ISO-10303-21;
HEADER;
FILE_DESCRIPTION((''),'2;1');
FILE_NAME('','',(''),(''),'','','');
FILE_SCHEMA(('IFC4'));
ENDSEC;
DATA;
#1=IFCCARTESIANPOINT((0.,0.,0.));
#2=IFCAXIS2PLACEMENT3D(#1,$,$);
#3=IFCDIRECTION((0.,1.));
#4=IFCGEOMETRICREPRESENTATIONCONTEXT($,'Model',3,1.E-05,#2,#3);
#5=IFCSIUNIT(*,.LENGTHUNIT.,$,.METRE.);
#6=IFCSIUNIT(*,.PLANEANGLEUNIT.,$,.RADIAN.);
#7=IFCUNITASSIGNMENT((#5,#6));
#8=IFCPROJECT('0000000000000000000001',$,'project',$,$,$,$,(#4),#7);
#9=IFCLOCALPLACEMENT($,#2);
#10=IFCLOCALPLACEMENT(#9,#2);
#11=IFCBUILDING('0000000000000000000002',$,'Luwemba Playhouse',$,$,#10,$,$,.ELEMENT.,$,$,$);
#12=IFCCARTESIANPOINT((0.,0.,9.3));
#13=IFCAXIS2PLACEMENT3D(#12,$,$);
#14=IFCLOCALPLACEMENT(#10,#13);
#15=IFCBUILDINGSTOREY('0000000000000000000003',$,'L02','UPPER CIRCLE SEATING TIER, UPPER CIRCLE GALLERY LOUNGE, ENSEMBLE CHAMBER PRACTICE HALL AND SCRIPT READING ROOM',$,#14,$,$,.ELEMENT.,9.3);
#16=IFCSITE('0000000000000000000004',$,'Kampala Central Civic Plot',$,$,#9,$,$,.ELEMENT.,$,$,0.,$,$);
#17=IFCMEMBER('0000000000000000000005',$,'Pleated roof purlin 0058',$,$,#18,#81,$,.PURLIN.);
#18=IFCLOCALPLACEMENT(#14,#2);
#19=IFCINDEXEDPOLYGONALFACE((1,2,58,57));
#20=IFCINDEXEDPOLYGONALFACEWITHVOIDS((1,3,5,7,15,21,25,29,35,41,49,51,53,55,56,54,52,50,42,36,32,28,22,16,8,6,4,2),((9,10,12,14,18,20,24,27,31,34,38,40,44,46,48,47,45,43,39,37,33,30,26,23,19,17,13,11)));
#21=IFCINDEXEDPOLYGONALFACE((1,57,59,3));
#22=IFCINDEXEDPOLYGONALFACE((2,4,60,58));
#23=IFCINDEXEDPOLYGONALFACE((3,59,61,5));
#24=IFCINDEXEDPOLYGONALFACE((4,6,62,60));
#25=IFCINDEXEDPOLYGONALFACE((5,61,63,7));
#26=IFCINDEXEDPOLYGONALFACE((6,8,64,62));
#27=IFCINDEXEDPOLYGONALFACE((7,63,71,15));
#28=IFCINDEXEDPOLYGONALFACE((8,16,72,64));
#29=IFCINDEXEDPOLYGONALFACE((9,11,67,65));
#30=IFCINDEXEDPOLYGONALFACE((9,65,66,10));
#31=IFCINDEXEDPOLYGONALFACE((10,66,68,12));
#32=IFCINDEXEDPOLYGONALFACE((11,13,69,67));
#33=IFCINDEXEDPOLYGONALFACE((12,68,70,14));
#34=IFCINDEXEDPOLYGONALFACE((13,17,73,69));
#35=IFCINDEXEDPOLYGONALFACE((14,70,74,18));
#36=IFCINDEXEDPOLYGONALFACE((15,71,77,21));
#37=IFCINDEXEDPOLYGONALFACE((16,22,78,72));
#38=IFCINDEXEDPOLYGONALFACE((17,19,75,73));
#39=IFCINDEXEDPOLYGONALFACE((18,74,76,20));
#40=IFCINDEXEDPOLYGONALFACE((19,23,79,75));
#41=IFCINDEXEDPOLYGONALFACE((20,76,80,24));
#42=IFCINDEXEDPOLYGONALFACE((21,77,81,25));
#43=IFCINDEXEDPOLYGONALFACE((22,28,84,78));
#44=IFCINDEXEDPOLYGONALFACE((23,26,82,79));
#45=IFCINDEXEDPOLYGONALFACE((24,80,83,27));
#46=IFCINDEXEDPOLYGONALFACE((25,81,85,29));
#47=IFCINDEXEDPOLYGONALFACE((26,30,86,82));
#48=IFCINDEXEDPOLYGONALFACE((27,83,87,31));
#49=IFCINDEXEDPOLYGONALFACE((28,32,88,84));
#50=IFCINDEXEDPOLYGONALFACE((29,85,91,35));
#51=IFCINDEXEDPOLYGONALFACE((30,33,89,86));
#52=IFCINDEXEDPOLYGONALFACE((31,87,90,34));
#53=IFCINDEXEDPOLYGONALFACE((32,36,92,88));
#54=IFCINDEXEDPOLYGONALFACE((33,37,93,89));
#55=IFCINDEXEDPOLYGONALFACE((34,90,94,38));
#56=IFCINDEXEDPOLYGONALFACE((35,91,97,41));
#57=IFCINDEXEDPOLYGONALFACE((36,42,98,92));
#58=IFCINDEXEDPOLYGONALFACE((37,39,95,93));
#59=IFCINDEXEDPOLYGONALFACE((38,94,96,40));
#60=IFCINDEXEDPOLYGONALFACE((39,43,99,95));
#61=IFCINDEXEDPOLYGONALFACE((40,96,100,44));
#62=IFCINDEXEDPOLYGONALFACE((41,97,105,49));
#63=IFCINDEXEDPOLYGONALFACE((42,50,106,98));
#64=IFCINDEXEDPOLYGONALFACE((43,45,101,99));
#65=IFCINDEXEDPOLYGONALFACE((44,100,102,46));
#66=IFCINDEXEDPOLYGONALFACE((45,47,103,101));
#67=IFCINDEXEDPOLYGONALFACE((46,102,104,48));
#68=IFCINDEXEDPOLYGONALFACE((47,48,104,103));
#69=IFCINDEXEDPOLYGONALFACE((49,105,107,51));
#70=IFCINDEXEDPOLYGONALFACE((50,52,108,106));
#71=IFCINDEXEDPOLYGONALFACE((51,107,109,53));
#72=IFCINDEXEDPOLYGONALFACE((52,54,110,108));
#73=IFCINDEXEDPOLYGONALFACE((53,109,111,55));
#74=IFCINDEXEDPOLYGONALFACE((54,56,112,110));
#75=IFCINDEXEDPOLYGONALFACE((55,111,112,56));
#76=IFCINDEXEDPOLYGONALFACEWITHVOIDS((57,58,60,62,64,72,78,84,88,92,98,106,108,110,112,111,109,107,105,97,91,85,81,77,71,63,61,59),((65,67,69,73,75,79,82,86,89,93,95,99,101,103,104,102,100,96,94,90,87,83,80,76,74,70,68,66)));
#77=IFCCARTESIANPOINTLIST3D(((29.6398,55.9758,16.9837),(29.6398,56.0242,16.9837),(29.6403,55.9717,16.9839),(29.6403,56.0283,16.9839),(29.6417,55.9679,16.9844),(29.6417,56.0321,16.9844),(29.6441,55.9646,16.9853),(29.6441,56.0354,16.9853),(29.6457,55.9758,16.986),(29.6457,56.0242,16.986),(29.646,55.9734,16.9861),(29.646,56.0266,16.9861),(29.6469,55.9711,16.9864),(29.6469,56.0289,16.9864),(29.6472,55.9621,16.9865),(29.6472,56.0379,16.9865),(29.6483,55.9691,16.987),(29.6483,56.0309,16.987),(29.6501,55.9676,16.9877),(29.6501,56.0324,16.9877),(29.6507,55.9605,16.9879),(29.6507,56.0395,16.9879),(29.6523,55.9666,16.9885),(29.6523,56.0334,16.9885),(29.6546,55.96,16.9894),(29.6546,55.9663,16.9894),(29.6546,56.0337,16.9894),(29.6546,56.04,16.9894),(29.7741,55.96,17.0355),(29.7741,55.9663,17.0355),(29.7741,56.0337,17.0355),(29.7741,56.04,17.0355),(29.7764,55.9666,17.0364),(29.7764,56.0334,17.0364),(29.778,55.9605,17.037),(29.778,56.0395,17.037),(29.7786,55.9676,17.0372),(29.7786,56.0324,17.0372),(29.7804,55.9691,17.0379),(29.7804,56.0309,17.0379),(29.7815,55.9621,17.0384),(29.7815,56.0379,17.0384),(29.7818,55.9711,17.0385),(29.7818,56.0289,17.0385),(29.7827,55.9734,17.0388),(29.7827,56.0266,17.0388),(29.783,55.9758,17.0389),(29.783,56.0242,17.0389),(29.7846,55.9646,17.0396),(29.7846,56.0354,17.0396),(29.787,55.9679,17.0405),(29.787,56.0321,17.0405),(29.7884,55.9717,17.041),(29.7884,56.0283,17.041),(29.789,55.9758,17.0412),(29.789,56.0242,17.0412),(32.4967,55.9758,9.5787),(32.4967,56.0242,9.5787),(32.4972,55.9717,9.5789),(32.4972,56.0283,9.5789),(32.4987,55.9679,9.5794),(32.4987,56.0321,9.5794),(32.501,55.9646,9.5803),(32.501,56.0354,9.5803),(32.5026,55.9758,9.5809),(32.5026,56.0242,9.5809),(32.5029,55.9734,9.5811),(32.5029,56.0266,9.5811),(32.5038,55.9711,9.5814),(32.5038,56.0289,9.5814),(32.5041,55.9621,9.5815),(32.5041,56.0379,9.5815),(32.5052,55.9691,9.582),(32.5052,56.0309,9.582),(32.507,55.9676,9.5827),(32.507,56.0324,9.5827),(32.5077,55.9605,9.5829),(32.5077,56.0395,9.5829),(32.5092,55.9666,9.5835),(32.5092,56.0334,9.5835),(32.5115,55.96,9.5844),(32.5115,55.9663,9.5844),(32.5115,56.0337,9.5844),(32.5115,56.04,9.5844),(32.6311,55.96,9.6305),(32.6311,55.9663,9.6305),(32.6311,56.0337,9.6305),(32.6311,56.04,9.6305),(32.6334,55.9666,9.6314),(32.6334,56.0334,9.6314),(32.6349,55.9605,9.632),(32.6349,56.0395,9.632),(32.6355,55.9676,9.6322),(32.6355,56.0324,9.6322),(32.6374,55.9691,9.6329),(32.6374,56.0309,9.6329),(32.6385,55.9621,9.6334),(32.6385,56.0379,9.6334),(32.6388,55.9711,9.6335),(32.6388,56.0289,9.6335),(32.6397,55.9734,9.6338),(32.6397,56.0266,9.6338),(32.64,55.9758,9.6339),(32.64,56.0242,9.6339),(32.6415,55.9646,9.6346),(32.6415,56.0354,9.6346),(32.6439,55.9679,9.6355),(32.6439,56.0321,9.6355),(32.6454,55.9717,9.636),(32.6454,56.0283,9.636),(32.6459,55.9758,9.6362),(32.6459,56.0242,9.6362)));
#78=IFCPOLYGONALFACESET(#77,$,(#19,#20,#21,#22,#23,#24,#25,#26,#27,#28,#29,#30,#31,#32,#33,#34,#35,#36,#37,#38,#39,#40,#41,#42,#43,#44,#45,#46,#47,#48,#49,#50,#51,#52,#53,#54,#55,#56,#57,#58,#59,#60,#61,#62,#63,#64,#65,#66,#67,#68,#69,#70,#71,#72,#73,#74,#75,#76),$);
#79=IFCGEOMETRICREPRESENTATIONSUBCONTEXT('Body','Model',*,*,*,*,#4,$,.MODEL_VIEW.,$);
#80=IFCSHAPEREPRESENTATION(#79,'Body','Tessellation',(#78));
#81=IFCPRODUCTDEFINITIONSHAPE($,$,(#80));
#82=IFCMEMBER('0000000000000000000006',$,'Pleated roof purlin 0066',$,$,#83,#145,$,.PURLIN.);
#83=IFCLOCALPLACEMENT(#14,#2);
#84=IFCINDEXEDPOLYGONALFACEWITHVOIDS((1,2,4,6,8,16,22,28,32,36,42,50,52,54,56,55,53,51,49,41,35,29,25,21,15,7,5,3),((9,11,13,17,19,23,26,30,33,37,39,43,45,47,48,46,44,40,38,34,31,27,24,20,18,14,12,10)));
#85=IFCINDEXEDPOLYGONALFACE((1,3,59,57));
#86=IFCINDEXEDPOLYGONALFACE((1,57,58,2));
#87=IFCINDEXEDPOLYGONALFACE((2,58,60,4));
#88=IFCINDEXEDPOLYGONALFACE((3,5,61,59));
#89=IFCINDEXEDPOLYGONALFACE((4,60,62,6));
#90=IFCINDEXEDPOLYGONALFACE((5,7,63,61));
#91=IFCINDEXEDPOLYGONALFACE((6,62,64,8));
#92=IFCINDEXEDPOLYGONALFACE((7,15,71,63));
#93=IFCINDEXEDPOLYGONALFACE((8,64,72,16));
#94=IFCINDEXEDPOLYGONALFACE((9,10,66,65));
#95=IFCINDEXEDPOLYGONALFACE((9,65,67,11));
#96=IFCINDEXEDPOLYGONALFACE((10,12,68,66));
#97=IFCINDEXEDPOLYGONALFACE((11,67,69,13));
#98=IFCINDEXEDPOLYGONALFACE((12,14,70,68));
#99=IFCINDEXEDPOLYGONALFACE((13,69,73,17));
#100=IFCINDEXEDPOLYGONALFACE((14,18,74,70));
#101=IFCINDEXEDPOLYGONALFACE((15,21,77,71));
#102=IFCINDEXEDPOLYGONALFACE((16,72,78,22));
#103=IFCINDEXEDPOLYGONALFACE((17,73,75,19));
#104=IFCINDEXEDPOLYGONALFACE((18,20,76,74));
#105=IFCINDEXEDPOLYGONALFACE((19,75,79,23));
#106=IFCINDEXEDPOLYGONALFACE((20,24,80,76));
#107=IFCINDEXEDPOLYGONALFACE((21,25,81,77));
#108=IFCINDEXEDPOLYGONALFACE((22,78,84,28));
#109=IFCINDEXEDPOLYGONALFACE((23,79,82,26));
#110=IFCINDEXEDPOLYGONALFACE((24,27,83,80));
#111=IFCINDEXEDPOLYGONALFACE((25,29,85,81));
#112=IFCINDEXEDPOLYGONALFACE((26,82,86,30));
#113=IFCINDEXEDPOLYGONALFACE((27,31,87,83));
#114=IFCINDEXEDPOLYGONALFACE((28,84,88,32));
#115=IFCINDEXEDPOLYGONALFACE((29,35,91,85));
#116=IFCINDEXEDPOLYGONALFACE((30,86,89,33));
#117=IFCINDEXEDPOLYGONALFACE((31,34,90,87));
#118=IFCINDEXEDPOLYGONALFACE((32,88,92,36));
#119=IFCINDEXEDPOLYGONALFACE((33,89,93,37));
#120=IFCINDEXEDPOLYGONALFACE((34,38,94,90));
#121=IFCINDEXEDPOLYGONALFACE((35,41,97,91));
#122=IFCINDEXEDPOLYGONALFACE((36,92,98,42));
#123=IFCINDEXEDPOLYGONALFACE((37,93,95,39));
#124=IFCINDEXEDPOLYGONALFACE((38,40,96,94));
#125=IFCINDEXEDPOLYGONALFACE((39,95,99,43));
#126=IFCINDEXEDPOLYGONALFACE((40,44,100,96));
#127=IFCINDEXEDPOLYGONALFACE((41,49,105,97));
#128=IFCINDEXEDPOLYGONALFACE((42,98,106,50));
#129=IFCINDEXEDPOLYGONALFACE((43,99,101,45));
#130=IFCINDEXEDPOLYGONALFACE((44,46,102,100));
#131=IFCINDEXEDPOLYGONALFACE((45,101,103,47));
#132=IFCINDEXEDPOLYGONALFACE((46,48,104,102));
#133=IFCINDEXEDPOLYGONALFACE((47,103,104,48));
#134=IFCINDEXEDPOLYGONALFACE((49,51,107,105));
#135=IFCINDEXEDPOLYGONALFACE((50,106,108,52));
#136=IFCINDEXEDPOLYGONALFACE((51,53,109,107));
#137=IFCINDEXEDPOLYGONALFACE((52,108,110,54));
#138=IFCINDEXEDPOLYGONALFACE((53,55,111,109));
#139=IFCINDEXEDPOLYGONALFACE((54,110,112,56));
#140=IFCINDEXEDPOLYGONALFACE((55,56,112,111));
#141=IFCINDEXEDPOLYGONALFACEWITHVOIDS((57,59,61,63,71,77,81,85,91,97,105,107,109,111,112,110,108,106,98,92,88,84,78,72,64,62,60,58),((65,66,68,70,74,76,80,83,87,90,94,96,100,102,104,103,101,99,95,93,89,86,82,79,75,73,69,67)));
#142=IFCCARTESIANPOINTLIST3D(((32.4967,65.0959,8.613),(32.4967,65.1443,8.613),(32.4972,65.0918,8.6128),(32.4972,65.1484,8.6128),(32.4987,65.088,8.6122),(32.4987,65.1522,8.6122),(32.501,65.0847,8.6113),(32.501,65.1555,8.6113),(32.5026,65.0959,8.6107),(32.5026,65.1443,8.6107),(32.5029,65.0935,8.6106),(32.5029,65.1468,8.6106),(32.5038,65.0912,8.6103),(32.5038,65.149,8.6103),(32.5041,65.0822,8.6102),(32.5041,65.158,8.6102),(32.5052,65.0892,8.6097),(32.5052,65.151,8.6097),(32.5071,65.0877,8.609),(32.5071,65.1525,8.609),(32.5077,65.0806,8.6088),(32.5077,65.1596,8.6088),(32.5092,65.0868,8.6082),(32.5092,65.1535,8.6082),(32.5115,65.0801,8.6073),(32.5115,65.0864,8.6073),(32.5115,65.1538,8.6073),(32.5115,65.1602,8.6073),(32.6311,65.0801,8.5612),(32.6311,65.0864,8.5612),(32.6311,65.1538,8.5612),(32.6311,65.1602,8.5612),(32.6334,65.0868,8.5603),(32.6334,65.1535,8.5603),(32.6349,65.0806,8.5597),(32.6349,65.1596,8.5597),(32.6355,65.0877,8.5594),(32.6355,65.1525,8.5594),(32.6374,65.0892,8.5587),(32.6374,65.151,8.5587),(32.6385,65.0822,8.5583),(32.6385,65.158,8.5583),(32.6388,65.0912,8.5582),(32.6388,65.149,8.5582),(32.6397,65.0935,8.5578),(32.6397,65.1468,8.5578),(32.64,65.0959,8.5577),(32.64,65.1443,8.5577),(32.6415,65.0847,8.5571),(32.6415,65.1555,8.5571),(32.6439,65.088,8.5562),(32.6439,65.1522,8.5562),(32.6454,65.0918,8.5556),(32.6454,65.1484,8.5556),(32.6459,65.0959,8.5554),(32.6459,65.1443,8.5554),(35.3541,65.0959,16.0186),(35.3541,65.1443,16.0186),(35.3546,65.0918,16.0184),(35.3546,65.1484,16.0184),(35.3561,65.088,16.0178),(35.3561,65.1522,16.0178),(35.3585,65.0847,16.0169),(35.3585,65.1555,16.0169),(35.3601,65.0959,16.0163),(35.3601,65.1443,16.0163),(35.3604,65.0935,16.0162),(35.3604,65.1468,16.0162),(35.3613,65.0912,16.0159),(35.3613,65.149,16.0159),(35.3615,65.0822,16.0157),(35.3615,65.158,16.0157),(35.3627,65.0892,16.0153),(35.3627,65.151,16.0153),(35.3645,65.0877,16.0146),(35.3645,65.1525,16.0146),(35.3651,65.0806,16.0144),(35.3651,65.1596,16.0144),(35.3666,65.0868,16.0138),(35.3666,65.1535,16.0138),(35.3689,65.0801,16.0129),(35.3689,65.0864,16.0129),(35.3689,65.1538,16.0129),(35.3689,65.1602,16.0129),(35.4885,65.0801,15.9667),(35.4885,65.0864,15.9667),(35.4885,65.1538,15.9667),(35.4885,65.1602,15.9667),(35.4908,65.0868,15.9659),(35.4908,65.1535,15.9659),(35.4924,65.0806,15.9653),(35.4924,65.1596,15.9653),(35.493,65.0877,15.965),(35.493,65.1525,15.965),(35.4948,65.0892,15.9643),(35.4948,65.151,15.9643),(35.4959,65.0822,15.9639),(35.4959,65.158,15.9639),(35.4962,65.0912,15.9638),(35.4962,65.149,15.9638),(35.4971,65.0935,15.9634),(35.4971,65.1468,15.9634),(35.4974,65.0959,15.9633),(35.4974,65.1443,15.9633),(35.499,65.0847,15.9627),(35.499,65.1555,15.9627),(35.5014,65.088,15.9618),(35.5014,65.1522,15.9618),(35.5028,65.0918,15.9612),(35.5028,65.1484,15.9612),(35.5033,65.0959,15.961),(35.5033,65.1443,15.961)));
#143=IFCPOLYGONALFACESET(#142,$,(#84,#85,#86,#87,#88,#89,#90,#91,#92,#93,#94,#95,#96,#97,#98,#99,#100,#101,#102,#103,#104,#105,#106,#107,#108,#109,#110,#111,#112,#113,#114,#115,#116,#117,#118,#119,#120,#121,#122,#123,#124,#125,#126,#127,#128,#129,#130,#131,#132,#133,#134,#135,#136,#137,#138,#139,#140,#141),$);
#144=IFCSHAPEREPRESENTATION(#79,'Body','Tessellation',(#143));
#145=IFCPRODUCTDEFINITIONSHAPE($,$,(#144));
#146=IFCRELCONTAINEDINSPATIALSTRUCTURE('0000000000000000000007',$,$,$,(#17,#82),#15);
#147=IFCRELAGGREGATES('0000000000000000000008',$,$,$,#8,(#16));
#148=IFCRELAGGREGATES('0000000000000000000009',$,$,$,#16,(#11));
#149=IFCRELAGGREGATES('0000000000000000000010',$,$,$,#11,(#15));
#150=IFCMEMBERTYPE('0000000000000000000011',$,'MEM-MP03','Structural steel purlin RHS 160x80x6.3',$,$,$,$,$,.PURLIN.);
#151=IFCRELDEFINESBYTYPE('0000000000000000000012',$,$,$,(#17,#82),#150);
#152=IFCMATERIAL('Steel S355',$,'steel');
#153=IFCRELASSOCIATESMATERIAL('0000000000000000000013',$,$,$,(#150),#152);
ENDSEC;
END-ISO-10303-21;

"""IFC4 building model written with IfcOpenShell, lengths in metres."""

from ifc_helpers import new_model, si_unit, direction, frame, origin, origin_2d, place, context, subcontext, project, spatial, hollow_rectangle, extrude, material, material_profile, profile_set, type_object, element, save


model = new_model("IFC4")

# Units and contexts
model_context = context("Model", 3, precision=1e-05, world=origin(), true_north=direction((0.0, 1.0)))
body_context = subcontext(model_context, "Body", "Model", "MODEL_VIEW")
ifc_project = project(units=[si_unit("LENGTHUNIT", "METRE"), si_unit("PLANEANGLEUNIT", "RADIAN")], contexts=[model_context])

# Site, building, storey
site_placement = place(None, origin())
site = spatial("IfcSite", under=ifc_project, at=site_placement, Name="Kampala Central Civic Plot", CompositionType="ELEMENT", RefElevation=0.0)
building_placement = place(site_placement, origin())
building = spatial("IfcBuilding", under=site, at=building_placement, Name="Luwemba Playhouse", CompositionType="ELEMENT")
storey_placement = place(building_placement, frame((0.0, 0.0, 9.3)))
storey = spatial("IfcBuildingStorey", under=building, at=storey_placement, Name="L02", Description="UPPER CIRCLE SEATING TIER, UPPER CIRCLE GALLERY LOUNGE, ENSEMBLE CHAMBER PRACTICE HALL AND SCRIPT READING ROOM", CompositionType="ELEMENT", Elevation=9.3)

# Shared definitions
ifc_material_1 = material(Name="Steel S355", Category="steel")

# Members
ifc_material_profile_1 = material_profile(ifc_material_1, hollow_rectangle(XDim=0.0801, YDim=0.1599, WallThickness=0.0063, InnerFilletRadius=0.0095, OuterFilletRadius=0.0159, at=origin_2d()))
ifc_profile_set_1 = profile_set([ifc_material_profile_1], Name="Steel S355")
member_type_1 = type_object("IfcMemberType", Name="MEM-MP03", Description="Structural steel purlin RHS 160x80x6.3", PredefinedType="PURLIN", material=ifc_profile_set_1)
member_1_placement = place(storey_placement, frame((29.7144, 56.0, 17.0125), z_axis=(0.35995, 0.0, -0.932972), x_axis=(0.0, 1.0, 0.0)))
element("IfcMember", 1, at=member_1_placement, inside=storey, type_object=member_type_1, Name="Pleated roof purlin 0058", PredefinedType="PURLIN", context=body_context, shape_type="SweptSolid", body=[
    extrude(hollow_rectangle(XDim=0.0801, YDim=0.1599, WallThickness=0.0063, InnerFilletRadius=0.0095, OuterFilletRadius=0.0159, at=origin_2d()), origin(), (0.0, 0.0, 1.0), 7.937),
])
member_2_placement = place(storey_placement, frame((32.5713, 65.1201, 8.5842), z_axis=(0.359983, 0.0, 0.932959), x_axis=(0.0, 1.0, 0.0)))
element("IfcMember", 2, at=member_2_placement, inside=storey, type_object=member_type_1, Name="Pleated roof purlin 0066", PredefinedType="PURLIN", context=body_context, shape_type="SweptSolid", body=[
    extrude(hollow_rectangle(XDim=0.0801, YDim=0.1599, WallThickness=0.0063, InnerFilletRadius=0.0095, OuterFilletRadius=0.0159, at=origin_2d()), origin(), (0.0, 0.0, 1.0), 7.9377),
])

save(model, "model.ifc")
